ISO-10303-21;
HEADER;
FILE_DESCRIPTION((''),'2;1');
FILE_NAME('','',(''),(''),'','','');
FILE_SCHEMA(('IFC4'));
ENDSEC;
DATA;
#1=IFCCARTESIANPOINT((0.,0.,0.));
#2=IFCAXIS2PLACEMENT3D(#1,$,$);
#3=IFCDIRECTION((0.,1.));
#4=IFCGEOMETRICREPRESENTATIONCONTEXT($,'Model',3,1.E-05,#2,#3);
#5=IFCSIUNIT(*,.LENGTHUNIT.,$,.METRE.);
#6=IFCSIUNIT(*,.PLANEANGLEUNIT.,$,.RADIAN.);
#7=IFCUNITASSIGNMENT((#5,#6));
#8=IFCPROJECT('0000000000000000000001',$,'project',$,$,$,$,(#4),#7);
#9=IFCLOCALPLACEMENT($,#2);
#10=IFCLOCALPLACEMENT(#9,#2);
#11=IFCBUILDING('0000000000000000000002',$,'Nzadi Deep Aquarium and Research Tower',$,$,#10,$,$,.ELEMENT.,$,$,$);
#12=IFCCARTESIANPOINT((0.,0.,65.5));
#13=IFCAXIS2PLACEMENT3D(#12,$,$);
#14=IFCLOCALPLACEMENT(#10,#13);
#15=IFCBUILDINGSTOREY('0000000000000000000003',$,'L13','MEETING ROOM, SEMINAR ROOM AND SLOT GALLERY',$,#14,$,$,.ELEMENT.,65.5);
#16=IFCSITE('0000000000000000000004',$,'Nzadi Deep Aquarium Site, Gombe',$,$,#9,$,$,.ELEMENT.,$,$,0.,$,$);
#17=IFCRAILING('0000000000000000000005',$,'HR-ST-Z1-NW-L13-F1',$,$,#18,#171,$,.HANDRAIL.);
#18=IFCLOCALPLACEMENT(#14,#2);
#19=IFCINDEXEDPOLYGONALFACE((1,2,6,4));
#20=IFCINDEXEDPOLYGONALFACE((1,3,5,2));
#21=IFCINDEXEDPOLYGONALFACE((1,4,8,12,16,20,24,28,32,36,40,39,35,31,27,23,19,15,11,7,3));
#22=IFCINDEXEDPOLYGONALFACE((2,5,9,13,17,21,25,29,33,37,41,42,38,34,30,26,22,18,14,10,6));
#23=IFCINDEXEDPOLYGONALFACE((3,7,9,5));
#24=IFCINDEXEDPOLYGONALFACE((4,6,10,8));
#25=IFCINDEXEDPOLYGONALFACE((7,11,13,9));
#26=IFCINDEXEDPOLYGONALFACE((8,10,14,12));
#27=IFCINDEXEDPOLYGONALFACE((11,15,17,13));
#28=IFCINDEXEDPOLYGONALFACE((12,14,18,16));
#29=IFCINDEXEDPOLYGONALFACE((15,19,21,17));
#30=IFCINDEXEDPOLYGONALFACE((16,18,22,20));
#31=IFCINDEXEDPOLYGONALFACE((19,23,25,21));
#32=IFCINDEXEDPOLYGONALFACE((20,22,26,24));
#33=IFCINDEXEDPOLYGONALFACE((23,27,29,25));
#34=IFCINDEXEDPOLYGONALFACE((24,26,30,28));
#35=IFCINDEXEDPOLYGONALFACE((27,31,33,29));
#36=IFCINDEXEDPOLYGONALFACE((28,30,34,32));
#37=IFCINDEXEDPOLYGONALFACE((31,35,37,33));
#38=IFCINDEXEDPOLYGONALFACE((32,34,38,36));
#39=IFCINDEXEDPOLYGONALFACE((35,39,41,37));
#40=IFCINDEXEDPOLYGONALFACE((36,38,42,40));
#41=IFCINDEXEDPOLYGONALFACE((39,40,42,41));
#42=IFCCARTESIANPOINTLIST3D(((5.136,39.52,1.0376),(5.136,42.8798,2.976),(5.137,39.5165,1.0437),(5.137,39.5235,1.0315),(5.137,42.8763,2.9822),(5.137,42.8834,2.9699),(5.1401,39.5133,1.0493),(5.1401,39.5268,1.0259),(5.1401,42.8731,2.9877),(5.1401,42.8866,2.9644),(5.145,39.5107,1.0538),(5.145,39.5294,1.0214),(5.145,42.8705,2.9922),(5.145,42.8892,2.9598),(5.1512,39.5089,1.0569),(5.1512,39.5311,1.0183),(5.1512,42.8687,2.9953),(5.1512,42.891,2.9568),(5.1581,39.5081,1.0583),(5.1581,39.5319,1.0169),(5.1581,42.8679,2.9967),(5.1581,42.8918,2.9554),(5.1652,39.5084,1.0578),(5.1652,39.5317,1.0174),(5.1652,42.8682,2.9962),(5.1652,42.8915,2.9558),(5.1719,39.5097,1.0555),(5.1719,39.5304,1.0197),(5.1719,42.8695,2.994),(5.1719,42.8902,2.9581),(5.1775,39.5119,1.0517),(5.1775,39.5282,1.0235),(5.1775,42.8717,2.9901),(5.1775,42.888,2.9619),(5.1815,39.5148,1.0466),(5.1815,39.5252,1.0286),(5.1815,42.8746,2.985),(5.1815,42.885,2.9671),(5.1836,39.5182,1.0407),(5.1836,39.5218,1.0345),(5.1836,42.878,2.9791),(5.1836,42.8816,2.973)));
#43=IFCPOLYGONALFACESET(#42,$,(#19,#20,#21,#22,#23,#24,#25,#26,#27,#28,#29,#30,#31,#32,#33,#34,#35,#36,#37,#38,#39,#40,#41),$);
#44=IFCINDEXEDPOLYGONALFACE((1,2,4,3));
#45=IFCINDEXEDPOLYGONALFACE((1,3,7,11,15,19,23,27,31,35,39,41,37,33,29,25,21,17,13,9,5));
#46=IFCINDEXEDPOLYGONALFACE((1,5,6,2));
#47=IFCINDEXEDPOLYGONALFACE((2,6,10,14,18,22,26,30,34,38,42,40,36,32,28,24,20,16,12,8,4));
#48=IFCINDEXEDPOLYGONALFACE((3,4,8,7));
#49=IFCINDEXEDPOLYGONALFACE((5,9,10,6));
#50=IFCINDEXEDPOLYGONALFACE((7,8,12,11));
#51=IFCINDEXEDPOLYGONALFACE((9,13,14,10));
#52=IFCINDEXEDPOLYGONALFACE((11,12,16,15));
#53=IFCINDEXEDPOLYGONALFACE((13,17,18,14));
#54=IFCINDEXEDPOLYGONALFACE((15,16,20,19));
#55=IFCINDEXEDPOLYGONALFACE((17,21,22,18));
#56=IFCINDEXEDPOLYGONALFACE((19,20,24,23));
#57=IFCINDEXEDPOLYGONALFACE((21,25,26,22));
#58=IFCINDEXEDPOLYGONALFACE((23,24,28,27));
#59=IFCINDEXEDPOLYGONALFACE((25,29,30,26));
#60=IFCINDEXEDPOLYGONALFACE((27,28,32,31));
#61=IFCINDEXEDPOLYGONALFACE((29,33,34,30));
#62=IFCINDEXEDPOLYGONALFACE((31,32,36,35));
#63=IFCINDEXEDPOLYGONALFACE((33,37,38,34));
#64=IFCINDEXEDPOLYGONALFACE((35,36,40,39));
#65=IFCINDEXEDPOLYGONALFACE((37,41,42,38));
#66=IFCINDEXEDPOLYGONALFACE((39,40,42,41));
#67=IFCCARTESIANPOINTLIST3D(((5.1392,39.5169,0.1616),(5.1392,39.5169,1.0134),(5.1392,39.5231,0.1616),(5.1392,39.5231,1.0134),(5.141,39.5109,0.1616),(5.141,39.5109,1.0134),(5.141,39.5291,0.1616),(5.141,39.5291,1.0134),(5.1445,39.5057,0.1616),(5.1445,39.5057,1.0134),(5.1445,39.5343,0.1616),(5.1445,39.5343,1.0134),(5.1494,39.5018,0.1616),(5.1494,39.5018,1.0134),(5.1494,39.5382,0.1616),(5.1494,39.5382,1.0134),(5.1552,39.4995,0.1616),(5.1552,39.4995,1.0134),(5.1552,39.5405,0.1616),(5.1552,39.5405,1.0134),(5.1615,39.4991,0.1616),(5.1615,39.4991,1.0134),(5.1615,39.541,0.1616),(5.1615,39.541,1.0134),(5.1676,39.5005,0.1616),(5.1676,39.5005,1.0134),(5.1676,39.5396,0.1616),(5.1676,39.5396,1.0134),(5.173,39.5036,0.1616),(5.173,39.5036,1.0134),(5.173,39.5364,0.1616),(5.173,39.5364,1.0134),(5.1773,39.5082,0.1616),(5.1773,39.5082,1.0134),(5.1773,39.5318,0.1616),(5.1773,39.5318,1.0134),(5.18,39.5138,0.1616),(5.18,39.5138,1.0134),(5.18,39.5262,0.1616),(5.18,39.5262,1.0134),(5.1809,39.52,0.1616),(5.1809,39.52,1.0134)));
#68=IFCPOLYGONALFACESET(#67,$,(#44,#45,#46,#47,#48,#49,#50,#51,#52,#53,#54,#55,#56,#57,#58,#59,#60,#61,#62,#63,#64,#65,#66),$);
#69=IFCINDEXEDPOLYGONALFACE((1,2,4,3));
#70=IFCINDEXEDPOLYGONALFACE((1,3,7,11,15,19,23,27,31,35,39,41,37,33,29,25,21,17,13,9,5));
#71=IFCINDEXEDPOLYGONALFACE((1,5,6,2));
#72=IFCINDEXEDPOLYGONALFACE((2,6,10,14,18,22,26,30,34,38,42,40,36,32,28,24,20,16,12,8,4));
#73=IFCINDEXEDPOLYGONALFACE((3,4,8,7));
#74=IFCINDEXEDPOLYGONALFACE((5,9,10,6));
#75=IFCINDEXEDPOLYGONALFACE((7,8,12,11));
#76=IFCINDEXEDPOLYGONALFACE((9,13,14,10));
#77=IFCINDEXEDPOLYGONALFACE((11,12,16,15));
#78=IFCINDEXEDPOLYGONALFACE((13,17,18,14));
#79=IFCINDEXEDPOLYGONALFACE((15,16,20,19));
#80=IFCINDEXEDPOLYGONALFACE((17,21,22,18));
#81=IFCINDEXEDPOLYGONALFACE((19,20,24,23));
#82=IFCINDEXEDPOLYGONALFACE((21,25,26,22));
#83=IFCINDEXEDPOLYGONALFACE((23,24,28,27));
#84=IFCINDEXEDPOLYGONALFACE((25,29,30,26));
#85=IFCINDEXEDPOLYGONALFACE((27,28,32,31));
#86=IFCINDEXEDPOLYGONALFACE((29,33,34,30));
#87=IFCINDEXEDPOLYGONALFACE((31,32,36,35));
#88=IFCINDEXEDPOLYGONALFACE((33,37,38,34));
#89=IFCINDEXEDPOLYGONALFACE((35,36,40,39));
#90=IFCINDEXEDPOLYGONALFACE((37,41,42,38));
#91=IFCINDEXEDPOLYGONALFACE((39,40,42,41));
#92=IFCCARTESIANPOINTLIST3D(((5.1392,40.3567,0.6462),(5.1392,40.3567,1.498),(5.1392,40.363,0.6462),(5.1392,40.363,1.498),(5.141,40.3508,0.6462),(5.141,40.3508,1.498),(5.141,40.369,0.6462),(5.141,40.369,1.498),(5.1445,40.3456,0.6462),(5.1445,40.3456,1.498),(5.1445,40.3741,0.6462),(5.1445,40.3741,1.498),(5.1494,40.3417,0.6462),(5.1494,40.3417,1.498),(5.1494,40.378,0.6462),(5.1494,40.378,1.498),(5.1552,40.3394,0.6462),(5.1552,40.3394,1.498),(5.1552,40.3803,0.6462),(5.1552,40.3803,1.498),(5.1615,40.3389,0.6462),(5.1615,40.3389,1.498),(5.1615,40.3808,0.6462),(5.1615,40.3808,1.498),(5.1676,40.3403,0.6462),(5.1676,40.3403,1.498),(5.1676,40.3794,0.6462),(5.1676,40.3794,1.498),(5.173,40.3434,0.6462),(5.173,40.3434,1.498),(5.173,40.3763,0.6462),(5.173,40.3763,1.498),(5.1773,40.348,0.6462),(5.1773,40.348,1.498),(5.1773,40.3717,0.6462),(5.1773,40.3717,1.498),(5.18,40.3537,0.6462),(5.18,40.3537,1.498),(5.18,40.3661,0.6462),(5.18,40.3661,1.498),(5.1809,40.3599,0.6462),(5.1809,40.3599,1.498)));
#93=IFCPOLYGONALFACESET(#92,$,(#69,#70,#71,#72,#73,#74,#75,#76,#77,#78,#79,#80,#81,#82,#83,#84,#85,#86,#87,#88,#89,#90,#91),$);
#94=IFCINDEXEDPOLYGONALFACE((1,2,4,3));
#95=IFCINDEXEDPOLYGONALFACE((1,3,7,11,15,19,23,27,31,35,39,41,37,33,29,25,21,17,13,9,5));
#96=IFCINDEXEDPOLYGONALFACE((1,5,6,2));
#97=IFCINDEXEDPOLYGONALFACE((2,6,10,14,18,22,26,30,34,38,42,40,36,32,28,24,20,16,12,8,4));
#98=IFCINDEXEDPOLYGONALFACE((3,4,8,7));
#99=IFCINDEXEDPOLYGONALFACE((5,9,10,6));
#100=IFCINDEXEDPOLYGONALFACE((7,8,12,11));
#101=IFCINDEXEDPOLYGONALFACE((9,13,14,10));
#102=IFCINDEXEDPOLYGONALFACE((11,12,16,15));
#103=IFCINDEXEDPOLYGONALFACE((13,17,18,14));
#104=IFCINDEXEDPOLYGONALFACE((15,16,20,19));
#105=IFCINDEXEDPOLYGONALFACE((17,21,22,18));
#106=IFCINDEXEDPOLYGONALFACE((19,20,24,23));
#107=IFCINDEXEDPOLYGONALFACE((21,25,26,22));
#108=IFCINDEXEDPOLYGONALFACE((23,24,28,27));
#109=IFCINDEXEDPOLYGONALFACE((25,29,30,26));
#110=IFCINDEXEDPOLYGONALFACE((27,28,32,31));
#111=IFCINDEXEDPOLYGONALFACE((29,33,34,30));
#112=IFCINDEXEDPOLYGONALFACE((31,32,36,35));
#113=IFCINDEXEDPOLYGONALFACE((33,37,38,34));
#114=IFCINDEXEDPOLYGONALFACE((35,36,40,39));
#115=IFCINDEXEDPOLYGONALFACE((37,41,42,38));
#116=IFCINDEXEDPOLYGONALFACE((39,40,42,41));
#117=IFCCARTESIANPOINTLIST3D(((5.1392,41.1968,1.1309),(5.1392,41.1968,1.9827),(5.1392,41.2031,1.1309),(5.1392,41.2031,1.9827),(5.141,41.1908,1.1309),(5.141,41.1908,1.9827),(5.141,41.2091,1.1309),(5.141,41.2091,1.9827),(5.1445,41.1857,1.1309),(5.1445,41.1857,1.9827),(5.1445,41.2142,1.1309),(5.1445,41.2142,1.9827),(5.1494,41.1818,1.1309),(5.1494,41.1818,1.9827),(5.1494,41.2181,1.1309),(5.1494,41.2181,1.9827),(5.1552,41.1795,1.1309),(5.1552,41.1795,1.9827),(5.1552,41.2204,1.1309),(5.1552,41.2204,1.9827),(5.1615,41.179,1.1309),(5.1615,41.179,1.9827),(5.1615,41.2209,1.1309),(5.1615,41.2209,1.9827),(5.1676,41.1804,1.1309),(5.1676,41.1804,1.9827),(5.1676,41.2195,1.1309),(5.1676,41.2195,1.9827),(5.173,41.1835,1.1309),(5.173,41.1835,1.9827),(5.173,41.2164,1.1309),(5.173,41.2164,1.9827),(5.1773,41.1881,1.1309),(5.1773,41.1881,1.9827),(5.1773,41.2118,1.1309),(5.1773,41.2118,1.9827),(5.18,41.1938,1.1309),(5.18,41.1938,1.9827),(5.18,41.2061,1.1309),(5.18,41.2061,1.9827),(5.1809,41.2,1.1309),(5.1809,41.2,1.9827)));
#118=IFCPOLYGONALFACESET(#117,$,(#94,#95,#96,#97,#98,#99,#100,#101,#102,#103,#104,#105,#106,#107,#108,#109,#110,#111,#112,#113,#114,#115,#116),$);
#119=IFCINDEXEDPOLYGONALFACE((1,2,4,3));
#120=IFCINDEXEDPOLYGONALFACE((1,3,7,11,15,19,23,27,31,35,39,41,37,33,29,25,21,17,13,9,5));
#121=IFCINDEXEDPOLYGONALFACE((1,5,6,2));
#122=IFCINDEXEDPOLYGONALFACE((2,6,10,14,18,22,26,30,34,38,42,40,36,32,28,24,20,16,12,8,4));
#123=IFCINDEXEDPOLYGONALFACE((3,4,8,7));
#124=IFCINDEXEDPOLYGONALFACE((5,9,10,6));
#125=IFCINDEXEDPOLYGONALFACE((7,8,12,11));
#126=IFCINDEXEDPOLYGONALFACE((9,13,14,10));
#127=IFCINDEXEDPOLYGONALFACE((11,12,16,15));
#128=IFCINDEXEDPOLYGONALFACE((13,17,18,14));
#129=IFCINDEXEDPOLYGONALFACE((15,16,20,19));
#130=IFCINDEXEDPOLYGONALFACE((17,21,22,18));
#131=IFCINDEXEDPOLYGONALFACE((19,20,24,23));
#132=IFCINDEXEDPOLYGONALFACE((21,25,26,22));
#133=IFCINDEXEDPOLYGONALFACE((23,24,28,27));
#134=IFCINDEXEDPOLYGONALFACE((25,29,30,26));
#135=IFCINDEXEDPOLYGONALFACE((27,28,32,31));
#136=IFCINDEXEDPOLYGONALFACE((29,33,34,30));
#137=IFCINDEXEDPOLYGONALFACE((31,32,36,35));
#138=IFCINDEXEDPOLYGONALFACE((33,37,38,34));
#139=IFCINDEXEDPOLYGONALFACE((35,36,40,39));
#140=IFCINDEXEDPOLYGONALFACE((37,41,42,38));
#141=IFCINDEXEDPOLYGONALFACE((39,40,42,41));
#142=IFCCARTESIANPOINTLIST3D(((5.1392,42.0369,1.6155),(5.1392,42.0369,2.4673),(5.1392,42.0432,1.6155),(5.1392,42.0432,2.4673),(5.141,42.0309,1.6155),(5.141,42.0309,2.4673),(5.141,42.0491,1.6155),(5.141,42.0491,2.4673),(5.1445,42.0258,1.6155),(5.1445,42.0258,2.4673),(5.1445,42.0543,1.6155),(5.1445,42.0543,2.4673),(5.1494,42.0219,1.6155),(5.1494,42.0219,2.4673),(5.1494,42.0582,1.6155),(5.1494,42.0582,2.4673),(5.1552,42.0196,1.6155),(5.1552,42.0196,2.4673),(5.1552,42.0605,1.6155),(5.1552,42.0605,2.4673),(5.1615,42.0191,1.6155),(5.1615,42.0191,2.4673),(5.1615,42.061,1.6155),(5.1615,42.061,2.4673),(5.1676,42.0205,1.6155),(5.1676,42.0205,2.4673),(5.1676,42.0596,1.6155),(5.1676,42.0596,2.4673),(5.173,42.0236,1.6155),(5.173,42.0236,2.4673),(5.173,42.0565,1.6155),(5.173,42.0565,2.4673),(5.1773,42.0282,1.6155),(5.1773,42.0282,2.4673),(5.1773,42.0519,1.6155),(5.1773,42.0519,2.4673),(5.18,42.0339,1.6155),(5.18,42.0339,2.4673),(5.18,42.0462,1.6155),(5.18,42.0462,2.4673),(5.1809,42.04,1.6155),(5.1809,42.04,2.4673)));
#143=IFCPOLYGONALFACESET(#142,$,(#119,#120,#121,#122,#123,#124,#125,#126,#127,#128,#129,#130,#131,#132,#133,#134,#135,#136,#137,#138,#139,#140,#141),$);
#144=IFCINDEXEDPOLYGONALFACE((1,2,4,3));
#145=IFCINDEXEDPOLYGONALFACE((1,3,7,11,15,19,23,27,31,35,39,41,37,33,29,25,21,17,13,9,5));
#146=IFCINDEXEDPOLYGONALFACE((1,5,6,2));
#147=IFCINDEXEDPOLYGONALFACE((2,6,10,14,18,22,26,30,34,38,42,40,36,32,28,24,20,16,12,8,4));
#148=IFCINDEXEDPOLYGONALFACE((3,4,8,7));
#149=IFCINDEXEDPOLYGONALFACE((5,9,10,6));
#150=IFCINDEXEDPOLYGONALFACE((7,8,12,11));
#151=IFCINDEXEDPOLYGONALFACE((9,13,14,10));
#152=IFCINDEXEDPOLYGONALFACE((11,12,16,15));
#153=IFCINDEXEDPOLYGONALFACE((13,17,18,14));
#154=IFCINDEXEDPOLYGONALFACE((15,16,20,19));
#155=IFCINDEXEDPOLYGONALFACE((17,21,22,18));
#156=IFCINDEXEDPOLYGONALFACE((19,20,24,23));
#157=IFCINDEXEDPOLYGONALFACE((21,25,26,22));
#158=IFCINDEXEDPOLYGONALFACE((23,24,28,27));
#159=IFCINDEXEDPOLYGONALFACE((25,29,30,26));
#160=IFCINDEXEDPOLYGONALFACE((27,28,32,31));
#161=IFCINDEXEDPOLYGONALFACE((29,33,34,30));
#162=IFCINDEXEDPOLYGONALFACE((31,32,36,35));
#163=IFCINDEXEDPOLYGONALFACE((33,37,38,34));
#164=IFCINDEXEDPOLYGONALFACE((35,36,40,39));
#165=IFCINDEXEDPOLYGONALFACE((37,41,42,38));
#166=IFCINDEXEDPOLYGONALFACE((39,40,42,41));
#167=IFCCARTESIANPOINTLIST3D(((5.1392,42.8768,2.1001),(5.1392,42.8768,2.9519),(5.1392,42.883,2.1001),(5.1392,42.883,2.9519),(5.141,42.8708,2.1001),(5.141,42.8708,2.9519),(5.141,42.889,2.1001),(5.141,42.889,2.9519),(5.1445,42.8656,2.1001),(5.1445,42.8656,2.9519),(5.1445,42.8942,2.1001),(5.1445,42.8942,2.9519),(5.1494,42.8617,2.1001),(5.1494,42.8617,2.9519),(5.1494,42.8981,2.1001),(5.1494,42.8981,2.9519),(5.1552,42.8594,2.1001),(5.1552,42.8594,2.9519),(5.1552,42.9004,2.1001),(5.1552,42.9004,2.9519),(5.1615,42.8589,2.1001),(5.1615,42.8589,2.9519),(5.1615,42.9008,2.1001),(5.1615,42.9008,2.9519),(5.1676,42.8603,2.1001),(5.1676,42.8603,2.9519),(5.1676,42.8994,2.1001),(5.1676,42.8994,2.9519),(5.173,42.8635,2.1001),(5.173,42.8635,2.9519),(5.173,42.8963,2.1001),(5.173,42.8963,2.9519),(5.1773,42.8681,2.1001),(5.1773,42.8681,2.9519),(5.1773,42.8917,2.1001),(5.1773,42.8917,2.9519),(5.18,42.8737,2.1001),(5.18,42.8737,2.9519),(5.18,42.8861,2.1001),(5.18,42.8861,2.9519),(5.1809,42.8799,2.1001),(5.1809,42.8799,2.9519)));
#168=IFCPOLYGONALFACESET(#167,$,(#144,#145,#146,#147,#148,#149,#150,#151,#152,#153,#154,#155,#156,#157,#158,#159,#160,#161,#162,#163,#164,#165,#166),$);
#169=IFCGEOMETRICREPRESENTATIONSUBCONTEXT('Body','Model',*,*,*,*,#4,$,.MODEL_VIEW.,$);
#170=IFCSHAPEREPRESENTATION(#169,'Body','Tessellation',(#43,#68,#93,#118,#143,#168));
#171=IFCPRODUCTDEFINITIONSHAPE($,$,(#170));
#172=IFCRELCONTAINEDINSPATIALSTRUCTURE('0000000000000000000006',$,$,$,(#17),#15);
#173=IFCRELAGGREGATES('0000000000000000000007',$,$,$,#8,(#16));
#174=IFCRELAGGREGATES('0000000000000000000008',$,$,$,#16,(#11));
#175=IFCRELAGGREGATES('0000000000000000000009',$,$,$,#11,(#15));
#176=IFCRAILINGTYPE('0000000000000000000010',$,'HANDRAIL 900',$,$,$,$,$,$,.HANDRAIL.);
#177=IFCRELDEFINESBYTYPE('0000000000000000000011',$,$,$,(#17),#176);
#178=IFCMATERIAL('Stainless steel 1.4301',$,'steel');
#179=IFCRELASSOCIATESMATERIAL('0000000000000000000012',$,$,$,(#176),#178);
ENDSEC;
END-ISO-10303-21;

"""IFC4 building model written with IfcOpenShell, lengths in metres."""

from ifc_helpers import new_model, si_unit, direction, frame, origin, origin_2d, place, context, subcontext, project, spatial, circle, extrude, material, type_object, element, save


model = new_model("IFC4")

# Units and contexts
model_context = context("Model", 3, precision=1e-05, world=origin(), true_north=direction((0.0, 1.0)))
body_context = subcontext(model_context, "Body", "Model", "MODEL_VIEW")
ifc_project = project(units=[si_unit("LENGTHUNIT", "METRE"), si_unit("PLANEANGLEUNIT", "RADIAN")], contexts=[model_context])

# Site, building, storey
site_placement = place(None, origin())
site = spatial("IfcSite", under=ifc_project, at=site_placement, Name="Nzadi Deep Aquarium Site, Gombe", CompositionType="ELEMENT", RefElevation=0.0)
building_placement = place(site_placement, origin())
building = spatial("IfcBuilding", under=site, at=building_placement, Name="Nzadi Deep Aquarium and Research Tower", CompositionType="ELEMENT")
storey_placement = place(building_placement, frame((0.0, 0.0, 65.5)))
storey = spatial("IfcBuildingStorey", under=building, at=storey_placement, Name="L13", Description="MEETING ROOM, SEMINAR ROOM AND SLOT GALLERY", CompositionType="ELEMENT", Elevation=65.5)

# Railing
ifc_material_1 = material(Name="Stainless steel 1.4301", Category="steel")
railing_type = type_object("IfcRailingType", Name="HANDRAIL 900", PredefinedType="HANDRAIL", material=ifc_material_1)
for number, where, name in (
    (1, (5.1599, 39.52, 0.1616), "HR-ST-Z1-NW-L13-F1"),
):
    element("IfcRailing", number, at=place(storey_placement, frame(where)), inside=storey, type_object=railing_type, Name=name, PredefinedType="HANDRAIL", context=body_context, shape_type="SweptSolid", body=[
        extrude(circle(Radius=0.0239, at=origin_2d()), frame((0.0, 0.0, 0.876), z_axis=(0.0, 0.866175, 0.499741), x_axis=(-1.0, 0.0, 0.0)), (0.0, 0.0, 1.0), 3.8789),
        extrude(circle(Radius=0.021, at=origin_2d()), origin(), (0.0, 0.0, 1.0), 0.8518),
        extrude(circle(Radius=0.021, at=origin_2d()), frame((0.0, 0.8398, 0.4846)), (0.0, 0.0, 1.0), 0.8518),
        extrude(circle(Radius=0.021, at=origin_2d()), frame((0.0, 1.6799, 0.9692)), (0.0, 0.0, 1.0), 0.8518),
        extrude(circle(Radius=0.021, at=origin_2d()), frame((0.0, 2.52, 1.4539)), (0.0, 0.0, 1.0), 0.8518),
        extrude(circle(Radius=0.021, at=origin_2d()), frame((0.0, 3.3599, 1.9385)), (0.0, 0.0, 1.0), 0.8518),
    ])

save(model, "model.ifc")
